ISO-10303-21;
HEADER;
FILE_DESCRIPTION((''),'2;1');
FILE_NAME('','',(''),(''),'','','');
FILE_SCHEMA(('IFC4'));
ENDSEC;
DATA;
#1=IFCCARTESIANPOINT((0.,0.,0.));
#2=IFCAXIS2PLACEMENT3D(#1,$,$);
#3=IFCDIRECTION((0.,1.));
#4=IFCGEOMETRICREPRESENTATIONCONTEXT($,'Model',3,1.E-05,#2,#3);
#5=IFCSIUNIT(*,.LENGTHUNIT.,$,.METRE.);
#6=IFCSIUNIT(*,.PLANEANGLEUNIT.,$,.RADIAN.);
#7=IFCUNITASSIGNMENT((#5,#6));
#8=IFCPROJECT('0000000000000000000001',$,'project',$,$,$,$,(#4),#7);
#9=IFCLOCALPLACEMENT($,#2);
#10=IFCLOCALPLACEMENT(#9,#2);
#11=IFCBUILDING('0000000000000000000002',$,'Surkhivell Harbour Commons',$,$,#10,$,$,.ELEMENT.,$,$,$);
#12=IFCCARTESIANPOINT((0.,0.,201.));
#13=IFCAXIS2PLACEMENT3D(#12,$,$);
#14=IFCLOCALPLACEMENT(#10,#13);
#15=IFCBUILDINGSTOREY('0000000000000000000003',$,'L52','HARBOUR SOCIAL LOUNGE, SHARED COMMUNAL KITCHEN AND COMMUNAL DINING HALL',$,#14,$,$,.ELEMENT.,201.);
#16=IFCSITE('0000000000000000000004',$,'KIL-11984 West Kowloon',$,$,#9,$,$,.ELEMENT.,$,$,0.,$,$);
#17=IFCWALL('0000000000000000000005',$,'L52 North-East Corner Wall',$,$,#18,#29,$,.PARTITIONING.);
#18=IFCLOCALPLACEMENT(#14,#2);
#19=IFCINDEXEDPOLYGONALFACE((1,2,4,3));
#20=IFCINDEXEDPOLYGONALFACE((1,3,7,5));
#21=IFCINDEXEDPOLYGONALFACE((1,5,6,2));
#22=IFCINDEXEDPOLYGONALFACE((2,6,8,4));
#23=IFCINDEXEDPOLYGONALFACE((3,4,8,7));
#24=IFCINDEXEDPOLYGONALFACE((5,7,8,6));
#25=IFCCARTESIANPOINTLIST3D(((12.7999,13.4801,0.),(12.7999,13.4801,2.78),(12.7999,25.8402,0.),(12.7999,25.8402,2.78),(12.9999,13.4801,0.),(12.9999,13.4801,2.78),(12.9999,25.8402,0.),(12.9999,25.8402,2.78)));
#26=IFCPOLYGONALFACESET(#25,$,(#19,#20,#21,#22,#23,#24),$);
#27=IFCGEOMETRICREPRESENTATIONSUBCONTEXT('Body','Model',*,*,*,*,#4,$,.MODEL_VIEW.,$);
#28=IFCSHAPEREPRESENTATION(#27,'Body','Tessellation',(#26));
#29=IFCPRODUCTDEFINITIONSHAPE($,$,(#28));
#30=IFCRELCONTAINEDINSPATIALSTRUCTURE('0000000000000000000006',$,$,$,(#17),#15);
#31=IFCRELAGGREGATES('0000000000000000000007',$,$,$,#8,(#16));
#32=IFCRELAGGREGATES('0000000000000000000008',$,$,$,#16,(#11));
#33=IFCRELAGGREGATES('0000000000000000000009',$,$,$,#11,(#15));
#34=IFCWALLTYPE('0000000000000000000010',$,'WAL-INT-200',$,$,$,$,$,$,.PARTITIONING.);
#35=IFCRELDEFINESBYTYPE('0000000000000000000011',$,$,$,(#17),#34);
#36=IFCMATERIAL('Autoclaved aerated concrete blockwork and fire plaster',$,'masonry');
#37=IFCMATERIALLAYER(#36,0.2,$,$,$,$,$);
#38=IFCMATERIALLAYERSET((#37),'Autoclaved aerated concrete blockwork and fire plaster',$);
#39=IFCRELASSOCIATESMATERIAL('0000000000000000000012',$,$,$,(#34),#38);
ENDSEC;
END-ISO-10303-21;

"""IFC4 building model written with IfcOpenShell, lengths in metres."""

from ifc_helpers import new_model, si_unit, direction, frame, frame_2d, origin, place, context, subcontext, project, spatial, rectangle, extrude, material, layer, layer_set, type_object, element, save


model = new_model("IFC4")

# Units and contexts
model_context = context("Model", 3, precision=1e-05, world=origin(), true_north=direction((0.0, 1.0)))
body_context = subcontext(model_context, "Body", "Model", "MODEL_VIEW")
ifc_project = project(units=[si_unit("LENGTHUNIT", "METRE"), si_unit("PLANEANGLEUNIT", "RADIAN")], contexts=[model_context])

# Site, building, storey
site_placement = place(None, origin())
site = spatial("IfcSite", under=ifc_project, at=site_placement, Name="KIL-11984 West Kowloon", CompositionType="ELEMENT", RefElevation=0.0)
building_placement = place(site_placement, origin())
building = spatial("IfcBuilding", under=site, at=building_placement, Name="Surkhivell Harbour Commons", CompositionType="ELEMENT")
storey_placement = place(building_placement, frame((0.0, 0.0, 201.0)))
storey = spatial("IfcBuildingStorey", under=building, at=storey_placement, Name="L52", Description="HARBOUR SOCIAL LOUNGE, SHARED COMMUNAL KITCHEN AND COMMUNAL DINING HALL", CompositionType="ELEMENT", Elevation=201.0)

# Wall
ifc_material_1 = material(Name="Autoclaved aerated concrete blockwork and fire plaster", Category="masonry")
ifc_layer_1 = layer(ifc_material_1, 0.2)
ifc_layer_set_1 = layer_set([ifc_layer_1], Name="Autoclaved aerated concrete blockwork and fire plaster")
wall_type_1 = type_object("IfcWallType", Name="WAL-INT-200", PredefinedType="PARTITIONING", material=ifc_layer_set_1)
wall_1_placement = place(storey_placement, frame((12.8999, 13.48, 0.0), z_axis=(0.0, 0.0, 1.0), x_axis=(0.0, 1.0, 0.0)))
element("IfcWall", 1, at=wall_1_placement, inside=storey, type_object=wall_type_1, Name="L52 North-East Corner Wall", PredefinedType="PARTITIONING", context=body_context, shape_type="SweptSolid", body=[
    extrude(rectangle(XDim=12.3601, YDim=0.2, at=frame_2d((6.1802, 0.0))), origin(), (0.0, 0.0, 1.0), 2.78),
])

save(model, "model.ifc")
